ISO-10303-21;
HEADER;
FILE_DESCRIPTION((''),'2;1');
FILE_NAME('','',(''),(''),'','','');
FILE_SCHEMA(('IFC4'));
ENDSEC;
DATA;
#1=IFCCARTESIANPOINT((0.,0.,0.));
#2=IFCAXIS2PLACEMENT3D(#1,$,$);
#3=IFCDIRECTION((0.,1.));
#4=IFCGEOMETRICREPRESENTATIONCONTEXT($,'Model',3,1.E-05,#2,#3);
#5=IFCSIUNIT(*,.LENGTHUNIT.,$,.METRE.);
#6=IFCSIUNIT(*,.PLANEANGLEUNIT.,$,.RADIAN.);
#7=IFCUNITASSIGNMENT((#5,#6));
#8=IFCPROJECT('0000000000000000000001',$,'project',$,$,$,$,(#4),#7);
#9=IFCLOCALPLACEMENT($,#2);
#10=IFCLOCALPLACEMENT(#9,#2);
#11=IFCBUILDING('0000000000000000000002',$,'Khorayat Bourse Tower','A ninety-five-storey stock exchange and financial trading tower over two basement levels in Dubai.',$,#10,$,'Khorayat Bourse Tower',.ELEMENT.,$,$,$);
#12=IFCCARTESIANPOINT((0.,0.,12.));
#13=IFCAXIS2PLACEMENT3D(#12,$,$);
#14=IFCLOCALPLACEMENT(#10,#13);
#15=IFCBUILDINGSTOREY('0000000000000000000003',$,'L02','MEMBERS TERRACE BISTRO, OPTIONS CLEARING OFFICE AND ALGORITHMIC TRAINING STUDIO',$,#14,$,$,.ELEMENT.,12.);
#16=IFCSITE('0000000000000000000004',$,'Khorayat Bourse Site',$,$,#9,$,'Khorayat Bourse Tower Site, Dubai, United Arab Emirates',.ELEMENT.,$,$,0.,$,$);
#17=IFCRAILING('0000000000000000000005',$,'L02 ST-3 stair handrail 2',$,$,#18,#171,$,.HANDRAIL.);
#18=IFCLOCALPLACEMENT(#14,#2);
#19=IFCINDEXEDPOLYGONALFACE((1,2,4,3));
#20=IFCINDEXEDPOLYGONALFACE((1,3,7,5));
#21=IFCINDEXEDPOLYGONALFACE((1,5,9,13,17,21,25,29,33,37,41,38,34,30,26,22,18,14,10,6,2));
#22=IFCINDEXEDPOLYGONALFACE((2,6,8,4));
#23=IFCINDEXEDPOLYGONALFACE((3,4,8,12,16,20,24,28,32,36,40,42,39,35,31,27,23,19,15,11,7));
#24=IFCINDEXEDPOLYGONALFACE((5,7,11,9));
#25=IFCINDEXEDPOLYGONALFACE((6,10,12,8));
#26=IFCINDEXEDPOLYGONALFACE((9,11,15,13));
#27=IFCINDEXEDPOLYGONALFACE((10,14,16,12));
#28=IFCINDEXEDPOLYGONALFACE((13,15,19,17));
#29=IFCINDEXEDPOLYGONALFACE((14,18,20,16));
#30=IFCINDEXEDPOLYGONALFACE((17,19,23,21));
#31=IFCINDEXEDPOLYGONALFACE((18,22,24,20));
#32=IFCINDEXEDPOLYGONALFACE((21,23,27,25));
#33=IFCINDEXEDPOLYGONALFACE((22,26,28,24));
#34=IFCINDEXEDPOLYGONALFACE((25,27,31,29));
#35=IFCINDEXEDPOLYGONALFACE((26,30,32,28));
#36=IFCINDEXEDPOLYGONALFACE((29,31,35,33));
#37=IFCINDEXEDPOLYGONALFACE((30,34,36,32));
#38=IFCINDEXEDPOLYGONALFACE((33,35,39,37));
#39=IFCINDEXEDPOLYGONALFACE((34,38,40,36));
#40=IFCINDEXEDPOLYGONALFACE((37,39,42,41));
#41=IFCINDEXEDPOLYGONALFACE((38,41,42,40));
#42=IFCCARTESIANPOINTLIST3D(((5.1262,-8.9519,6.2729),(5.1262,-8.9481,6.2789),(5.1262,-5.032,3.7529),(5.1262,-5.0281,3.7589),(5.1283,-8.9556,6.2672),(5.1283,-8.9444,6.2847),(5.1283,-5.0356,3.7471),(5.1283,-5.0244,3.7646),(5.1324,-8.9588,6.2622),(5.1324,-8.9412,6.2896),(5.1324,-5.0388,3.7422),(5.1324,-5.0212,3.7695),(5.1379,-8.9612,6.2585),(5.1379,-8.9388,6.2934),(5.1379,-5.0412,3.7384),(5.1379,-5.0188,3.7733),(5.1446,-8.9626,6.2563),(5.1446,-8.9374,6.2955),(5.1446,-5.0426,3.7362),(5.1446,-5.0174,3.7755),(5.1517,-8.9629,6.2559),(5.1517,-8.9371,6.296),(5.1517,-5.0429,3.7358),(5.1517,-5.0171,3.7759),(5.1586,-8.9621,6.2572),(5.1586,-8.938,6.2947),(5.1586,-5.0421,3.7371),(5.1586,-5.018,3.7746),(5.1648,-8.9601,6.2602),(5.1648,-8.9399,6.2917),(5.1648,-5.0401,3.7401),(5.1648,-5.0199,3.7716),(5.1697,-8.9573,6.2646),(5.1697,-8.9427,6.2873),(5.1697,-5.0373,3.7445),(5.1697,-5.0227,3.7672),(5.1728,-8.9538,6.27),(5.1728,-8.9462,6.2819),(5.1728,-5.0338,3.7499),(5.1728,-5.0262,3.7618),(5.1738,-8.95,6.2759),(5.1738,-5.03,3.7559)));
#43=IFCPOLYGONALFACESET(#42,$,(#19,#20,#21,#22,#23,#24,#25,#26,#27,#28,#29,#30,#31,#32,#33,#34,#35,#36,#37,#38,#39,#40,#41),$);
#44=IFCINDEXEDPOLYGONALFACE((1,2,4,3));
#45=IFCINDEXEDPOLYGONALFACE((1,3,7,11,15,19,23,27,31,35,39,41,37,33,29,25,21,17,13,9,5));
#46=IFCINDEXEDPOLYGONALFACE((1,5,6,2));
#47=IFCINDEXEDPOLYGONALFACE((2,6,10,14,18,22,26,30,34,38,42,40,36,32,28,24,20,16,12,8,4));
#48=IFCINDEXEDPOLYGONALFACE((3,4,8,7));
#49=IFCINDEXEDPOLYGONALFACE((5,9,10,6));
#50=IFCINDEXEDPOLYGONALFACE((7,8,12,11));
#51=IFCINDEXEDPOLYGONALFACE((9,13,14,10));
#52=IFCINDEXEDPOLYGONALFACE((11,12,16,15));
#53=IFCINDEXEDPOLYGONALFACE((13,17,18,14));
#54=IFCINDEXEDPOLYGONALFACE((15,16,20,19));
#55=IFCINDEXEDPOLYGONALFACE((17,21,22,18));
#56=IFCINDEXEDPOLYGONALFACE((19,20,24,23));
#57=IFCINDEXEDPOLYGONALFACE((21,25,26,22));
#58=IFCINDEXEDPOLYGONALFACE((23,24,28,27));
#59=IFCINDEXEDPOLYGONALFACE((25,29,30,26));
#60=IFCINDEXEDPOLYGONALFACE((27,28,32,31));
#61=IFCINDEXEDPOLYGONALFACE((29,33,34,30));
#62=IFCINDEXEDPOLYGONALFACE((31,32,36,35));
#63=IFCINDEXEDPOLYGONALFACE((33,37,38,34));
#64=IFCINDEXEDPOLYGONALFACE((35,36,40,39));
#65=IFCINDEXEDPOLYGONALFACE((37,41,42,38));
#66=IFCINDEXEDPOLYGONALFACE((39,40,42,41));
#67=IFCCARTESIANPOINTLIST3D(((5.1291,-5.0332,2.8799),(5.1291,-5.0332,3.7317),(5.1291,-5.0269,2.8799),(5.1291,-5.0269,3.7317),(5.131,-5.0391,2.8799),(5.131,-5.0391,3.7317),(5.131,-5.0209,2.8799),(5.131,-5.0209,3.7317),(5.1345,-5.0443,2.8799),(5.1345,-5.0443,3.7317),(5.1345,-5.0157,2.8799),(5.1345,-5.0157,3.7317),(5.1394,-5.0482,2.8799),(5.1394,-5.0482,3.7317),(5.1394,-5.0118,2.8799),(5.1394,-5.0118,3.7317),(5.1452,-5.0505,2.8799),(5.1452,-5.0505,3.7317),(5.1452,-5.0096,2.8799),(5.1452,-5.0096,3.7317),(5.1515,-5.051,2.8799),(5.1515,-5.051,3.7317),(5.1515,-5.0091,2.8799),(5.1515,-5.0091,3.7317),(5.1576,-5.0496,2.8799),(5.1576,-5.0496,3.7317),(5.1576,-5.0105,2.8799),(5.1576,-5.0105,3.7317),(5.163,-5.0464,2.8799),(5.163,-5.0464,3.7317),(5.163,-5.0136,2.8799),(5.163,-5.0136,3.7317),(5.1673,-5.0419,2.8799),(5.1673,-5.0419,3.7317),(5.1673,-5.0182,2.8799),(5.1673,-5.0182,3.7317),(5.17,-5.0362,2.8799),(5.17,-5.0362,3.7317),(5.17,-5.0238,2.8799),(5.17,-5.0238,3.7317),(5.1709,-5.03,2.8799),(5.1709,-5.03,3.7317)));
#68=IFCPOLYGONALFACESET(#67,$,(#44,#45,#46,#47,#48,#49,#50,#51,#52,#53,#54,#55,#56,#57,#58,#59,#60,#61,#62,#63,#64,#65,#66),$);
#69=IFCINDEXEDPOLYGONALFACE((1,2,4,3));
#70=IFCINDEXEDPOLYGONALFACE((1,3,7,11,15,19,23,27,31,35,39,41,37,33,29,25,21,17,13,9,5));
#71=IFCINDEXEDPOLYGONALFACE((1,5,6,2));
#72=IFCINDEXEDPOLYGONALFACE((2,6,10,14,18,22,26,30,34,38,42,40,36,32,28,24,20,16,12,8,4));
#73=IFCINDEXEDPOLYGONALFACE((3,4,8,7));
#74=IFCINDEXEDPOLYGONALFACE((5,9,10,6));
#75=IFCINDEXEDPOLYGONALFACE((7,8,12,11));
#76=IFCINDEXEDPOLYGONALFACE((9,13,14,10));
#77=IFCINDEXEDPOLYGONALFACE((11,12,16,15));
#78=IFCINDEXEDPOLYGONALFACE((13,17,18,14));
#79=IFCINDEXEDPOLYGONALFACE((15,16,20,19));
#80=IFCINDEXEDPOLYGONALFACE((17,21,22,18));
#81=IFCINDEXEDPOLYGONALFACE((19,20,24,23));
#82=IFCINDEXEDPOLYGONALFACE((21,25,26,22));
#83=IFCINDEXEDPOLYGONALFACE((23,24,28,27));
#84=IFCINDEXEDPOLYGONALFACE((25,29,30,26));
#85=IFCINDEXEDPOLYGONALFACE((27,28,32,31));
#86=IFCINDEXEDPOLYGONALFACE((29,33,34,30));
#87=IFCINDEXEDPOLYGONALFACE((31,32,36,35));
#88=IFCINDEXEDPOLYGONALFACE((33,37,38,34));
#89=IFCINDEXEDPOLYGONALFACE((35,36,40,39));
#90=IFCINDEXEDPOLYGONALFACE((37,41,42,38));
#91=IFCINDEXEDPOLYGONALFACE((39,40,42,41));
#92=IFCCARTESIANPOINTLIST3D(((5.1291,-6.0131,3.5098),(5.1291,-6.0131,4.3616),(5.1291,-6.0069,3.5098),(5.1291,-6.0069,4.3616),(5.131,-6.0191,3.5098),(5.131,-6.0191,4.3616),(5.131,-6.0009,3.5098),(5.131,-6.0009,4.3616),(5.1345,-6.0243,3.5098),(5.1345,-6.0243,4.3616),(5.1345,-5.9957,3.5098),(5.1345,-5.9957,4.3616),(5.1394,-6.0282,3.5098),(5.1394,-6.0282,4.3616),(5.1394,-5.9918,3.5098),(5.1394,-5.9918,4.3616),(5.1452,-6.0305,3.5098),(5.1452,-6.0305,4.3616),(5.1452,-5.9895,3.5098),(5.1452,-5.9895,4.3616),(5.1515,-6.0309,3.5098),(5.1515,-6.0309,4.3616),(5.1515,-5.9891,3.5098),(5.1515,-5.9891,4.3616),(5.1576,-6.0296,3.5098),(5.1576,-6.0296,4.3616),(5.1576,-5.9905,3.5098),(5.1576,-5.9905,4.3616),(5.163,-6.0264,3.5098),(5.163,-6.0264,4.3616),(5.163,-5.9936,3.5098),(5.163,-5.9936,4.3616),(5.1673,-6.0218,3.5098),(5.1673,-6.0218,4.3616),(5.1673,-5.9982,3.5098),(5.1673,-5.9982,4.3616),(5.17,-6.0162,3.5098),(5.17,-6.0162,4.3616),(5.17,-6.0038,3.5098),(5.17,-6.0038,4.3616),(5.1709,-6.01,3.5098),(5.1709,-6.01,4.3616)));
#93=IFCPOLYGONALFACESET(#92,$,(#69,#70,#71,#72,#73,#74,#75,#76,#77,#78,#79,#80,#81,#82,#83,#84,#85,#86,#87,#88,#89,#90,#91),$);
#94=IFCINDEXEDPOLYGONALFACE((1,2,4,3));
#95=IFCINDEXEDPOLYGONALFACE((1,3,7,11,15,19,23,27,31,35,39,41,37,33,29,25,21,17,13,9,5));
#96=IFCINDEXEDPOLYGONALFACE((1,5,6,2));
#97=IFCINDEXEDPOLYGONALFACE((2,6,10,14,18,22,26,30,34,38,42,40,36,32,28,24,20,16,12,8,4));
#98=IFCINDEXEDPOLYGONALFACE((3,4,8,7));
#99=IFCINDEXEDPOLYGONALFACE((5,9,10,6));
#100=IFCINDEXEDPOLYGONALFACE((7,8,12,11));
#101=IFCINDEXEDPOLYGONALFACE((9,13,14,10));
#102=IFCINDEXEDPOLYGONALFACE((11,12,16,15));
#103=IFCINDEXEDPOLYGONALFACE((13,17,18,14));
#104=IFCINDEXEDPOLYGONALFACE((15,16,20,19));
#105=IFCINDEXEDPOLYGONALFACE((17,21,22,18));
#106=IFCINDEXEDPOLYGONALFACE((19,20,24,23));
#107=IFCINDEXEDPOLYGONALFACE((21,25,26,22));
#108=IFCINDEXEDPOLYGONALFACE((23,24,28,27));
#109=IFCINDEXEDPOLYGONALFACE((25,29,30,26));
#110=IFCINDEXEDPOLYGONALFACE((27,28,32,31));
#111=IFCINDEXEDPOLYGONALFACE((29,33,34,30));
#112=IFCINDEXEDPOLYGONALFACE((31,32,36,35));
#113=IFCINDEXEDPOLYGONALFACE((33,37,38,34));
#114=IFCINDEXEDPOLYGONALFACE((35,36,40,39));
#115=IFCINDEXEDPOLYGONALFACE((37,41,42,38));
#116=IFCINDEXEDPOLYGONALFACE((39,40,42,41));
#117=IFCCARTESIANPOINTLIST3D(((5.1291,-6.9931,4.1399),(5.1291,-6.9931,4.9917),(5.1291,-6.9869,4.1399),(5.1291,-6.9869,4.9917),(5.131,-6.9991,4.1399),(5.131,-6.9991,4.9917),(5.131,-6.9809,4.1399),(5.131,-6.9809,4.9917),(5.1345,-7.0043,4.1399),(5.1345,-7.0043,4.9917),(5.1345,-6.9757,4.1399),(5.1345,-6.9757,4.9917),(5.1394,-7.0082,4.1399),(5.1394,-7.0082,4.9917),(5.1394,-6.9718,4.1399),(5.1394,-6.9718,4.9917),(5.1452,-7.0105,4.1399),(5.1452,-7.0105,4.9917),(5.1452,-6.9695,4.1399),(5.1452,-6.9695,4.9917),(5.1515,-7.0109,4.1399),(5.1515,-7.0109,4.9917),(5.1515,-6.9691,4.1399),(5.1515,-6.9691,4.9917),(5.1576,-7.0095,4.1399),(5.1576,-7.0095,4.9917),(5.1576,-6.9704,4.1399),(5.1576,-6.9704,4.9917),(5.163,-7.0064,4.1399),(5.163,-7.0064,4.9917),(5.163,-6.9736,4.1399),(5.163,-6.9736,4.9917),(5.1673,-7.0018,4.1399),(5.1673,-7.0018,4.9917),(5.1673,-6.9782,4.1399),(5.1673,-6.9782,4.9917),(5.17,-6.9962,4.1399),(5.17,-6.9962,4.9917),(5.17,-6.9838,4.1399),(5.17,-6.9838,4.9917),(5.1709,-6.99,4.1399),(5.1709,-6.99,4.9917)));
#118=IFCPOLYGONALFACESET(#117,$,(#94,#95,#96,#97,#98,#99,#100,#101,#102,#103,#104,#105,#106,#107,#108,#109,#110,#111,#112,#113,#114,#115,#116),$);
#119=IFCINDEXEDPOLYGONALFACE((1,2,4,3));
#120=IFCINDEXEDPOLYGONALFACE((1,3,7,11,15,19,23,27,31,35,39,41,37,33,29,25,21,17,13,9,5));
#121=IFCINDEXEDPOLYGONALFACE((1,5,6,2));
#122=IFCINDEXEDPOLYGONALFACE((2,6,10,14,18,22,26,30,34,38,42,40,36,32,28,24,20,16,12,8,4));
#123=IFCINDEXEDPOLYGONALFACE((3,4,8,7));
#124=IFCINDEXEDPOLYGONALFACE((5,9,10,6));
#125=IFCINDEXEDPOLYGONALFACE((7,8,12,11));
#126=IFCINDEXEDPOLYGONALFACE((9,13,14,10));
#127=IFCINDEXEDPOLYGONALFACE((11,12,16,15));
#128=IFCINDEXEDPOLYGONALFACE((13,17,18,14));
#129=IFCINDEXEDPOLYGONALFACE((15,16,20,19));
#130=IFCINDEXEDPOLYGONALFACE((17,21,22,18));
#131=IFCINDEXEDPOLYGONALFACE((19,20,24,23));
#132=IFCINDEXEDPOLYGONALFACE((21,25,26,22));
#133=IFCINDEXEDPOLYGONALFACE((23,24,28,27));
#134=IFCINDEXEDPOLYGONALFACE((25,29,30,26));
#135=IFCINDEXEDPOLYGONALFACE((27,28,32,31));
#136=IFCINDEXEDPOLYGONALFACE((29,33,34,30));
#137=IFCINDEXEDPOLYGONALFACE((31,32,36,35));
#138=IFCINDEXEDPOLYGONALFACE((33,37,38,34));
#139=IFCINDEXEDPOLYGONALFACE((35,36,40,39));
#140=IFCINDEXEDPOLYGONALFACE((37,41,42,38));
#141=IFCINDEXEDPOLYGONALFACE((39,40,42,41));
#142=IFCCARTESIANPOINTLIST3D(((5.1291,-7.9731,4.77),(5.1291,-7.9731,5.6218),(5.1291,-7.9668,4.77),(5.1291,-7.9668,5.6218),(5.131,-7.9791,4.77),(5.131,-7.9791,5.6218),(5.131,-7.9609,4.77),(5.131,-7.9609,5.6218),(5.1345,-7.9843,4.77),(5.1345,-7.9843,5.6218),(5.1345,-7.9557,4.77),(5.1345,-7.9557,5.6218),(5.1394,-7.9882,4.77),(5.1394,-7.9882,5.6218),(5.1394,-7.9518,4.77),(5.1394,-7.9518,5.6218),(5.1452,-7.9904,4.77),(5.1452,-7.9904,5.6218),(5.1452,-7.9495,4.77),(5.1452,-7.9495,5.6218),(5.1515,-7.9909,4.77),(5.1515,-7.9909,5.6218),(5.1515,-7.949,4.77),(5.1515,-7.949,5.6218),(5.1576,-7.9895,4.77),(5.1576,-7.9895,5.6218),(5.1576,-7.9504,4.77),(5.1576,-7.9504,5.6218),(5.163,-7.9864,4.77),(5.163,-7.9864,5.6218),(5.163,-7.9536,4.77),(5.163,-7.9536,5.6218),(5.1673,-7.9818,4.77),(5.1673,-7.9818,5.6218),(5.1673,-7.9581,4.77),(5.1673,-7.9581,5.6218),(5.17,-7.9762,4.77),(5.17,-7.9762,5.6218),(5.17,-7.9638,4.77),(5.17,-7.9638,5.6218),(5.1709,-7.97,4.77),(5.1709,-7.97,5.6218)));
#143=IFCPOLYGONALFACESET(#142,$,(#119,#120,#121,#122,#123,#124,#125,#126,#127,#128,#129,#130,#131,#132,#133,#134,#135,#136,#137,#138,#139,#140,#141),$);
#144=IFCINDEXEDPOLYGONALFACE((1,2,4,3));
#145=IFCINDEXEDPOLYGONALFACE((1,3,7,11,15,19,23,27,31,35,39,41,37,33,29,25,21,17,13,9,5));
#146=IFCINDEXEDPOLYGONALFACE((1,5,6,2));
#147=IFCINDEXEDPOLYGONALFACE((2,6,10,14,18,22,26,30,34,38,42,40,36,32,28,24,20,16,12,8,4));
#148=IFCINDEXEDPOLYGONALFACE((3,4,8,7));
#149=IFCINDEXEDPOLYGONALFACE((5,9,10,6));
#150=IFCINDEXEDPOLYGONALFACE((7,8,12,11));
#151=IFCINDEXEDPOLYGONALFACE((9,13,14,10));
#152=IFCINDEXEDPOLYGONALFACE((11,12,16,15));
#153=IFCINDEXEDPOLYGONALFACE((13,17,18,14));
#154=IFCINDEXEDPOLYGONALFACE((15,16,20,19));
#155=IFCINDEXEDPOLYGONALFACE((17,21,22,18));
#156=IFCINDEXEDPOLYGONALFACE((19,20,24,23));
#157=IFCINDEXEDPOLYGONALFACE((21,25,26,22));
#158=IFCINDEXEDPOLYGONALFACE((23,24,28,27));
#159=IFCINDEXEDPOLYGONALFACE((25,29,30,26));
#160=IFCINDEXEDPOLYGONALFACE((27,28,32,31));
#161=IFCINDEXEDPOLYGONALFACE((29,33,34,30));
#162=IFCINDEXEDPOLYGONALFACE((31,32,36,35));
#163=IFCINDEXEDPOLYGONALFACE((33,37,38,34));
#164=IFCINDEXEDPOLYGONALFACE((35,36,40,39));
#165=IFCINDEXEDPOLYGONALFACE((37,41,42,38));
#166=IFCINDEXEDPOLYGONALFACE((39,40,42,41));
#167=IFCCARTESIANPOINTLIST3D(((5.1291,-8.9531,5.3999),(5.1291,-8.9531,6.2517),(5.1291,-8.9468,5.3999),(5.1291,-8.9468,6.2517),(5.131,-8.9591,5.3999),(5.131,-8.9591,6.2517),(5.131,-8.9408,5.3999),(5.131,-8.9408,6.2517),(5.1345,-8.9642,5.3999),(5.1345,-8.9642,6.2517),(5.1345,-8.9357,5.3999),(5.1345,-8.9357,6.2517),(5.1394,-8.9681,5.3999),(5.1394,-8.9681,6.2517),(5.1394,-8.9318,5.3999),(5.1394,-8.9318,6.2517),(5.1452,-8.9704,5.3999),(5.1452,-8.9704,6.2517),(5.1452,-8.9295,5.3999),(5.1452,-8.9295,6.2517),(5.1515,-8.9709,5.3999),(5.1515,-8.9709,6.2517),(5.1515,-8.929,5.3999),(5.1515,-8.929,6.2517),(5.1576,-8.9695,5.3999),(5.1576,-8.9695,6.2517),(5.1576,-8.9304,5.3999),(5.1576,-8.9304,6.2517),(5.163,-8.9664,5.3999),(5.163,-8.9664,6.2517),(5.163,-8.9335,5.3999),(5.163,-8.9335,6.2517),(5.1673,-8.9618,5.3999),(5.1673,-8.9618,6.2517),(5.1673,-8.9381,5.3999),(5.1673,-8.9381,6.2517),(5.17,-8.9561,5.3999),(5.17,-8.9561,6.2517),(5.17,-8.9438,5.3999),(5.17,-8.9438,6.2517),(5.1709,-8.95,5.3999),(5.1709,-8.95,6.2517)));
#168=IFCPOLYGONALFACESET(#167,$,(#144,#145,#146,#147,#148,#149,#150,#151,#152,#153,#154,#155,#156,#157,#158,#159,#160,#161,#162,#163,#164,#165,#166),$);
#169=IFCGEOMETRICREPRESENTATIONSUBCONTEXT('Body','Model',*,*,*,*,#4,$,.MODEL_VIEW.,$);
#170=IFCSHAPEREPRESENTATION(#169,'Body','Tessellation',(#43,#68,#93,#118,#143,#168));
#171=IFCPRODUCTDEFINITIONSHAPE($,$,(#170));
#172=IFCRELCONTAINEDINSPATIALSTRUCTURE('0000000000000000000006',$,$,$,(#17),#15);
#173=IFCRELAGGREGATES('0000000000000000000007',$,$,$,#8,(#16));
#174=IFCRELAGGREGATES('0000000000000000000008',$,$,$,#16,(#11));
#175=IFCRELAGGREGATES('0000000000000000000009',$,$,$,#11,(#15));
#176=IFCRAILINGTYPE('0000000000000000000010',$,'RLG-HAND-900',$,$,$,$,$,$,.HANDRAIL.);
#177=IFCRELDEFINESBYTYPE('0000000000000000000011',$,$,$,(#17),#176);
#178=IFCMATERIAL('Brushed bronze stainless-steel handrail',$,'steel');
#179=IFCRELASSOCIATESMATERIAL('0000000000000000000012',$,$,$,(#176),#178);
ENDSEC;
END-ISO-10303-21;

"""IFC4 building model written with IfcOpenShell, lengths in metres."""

from ifc_helpers import new_model, si_unit, direction, frame, origin, origin_2d, place, context, subcontext, project, spatial, circle, extrude, source, transform, mapped, material, type_object, element, save


model = new_model("IFC4")

# Units and contexts
model_context = context("Model", 3, precision=1e-05, world=origin(), true_north=direction((0.0, 1.0)))
body_context = subcontext(model_context, "Body", "Model", "MODEL_VIEW")
ifc_project = project(units=[si_unit("LENGTHUNIT", "METRE"), si_unit("PLANEANGLEUNIT", "RADIAN")], contexts=[model_context])

# Site, building, storey
site_placement = place(None, origin())
site = spatial("IfcSite", under=ifc_project, at=site_placement, Name="Khorayat Bourse Site", LongName="Khorayat Bourse Tower Site, Dubai, United Arab Emirates", CompositionType="ELEMENT", RefElevation=0.0)
building_placement = place(site_placement, origin())
building = spatial("IfcBuilding", under=site, at=building_placement, Name="Khorayat Bourse Tower", Description="A ninety-five-storey stock exchange and financial trading tower over two basement levels in Dubai.", LongName="Khorayat Bourse Tower", CompositionType="ELEMENT")
storey_placement = place(building_placement, frame((0.0, 0.0, 12.0)))
storey = spatial("IfcBuildingStorey", under=building, at=storey_placement, Name="L02", Description="MEMBERS TERRACE BISTRO, OPTIONS CLEARING OFFICE AND ALGORITHMIC TRAINING STUDIO", CompositionType="ELEMENT", Elevation=12.0)

# Railing
ifc_material_1 = material(Name="Brushed bronze stainless-steel handrail", Category="steel")
railing_type_1 = type_object("IfcRailingType", Name="RLG-HAND-900", PredefinedType="HANDRAIL", material=ifc_material_1)
shared_shape_1 = source(origin(), body_context, "Body", "SweptSolid", [
    extrude(circle(Radius=0.0239, at=origin_2d()), frame((0.0, 0.0, 0.876), z_axis=(0.0, -0.841172, 0.540768), x_axis=(1.0, 0.0, 0.0)), (0.0, 0.0, 1.0), 4.6602),
    extrude(circle(Radius=0.021, at=origin_2d()), origin(), (0.0, 0.0, 1.0), 0.8518),
    extrude(circle(Radius=0.021, at=origin_2d()), frame((0.0, -0.98, 0.6299)), (0.0, 0.0, 1.0), 0.8518),
    extrude(circle(Radius=0.021, at=origin_2d()), frame((0.0, -1.96, 1.26)), (0.0, 0.0, 1.0), 0.8518),
    extrude(circle(Radius=0.021, at=origin_2d()), frame((0.0, -2.9399, 1.8901)), (0.0, 0.0, 1.0), 0.8518),
    extrude(circle(Radius=0.021, at=origin_2d()), frame((0.0, -3.9199, 2.52)), (0.0, 0.0, 1.0), 0.8518),
])
railing_1_placement = place(storey_placement, frame((5.1499, -5.03, 2.8799)))
element("IfcRailing", 1, at=railing_1_placement, inside=storey, type_object=railing_type_1, Name="L02 ST-3 stair handrail 2", PredefinedType="HANDRAIL", context=body_context, shape_type="MappedRepresentation", body=[
    mapped(shared_shape_1, transform((0.0, 0.0, 0.0), scale=1.0)),
])

save(model, "model.ifc")
